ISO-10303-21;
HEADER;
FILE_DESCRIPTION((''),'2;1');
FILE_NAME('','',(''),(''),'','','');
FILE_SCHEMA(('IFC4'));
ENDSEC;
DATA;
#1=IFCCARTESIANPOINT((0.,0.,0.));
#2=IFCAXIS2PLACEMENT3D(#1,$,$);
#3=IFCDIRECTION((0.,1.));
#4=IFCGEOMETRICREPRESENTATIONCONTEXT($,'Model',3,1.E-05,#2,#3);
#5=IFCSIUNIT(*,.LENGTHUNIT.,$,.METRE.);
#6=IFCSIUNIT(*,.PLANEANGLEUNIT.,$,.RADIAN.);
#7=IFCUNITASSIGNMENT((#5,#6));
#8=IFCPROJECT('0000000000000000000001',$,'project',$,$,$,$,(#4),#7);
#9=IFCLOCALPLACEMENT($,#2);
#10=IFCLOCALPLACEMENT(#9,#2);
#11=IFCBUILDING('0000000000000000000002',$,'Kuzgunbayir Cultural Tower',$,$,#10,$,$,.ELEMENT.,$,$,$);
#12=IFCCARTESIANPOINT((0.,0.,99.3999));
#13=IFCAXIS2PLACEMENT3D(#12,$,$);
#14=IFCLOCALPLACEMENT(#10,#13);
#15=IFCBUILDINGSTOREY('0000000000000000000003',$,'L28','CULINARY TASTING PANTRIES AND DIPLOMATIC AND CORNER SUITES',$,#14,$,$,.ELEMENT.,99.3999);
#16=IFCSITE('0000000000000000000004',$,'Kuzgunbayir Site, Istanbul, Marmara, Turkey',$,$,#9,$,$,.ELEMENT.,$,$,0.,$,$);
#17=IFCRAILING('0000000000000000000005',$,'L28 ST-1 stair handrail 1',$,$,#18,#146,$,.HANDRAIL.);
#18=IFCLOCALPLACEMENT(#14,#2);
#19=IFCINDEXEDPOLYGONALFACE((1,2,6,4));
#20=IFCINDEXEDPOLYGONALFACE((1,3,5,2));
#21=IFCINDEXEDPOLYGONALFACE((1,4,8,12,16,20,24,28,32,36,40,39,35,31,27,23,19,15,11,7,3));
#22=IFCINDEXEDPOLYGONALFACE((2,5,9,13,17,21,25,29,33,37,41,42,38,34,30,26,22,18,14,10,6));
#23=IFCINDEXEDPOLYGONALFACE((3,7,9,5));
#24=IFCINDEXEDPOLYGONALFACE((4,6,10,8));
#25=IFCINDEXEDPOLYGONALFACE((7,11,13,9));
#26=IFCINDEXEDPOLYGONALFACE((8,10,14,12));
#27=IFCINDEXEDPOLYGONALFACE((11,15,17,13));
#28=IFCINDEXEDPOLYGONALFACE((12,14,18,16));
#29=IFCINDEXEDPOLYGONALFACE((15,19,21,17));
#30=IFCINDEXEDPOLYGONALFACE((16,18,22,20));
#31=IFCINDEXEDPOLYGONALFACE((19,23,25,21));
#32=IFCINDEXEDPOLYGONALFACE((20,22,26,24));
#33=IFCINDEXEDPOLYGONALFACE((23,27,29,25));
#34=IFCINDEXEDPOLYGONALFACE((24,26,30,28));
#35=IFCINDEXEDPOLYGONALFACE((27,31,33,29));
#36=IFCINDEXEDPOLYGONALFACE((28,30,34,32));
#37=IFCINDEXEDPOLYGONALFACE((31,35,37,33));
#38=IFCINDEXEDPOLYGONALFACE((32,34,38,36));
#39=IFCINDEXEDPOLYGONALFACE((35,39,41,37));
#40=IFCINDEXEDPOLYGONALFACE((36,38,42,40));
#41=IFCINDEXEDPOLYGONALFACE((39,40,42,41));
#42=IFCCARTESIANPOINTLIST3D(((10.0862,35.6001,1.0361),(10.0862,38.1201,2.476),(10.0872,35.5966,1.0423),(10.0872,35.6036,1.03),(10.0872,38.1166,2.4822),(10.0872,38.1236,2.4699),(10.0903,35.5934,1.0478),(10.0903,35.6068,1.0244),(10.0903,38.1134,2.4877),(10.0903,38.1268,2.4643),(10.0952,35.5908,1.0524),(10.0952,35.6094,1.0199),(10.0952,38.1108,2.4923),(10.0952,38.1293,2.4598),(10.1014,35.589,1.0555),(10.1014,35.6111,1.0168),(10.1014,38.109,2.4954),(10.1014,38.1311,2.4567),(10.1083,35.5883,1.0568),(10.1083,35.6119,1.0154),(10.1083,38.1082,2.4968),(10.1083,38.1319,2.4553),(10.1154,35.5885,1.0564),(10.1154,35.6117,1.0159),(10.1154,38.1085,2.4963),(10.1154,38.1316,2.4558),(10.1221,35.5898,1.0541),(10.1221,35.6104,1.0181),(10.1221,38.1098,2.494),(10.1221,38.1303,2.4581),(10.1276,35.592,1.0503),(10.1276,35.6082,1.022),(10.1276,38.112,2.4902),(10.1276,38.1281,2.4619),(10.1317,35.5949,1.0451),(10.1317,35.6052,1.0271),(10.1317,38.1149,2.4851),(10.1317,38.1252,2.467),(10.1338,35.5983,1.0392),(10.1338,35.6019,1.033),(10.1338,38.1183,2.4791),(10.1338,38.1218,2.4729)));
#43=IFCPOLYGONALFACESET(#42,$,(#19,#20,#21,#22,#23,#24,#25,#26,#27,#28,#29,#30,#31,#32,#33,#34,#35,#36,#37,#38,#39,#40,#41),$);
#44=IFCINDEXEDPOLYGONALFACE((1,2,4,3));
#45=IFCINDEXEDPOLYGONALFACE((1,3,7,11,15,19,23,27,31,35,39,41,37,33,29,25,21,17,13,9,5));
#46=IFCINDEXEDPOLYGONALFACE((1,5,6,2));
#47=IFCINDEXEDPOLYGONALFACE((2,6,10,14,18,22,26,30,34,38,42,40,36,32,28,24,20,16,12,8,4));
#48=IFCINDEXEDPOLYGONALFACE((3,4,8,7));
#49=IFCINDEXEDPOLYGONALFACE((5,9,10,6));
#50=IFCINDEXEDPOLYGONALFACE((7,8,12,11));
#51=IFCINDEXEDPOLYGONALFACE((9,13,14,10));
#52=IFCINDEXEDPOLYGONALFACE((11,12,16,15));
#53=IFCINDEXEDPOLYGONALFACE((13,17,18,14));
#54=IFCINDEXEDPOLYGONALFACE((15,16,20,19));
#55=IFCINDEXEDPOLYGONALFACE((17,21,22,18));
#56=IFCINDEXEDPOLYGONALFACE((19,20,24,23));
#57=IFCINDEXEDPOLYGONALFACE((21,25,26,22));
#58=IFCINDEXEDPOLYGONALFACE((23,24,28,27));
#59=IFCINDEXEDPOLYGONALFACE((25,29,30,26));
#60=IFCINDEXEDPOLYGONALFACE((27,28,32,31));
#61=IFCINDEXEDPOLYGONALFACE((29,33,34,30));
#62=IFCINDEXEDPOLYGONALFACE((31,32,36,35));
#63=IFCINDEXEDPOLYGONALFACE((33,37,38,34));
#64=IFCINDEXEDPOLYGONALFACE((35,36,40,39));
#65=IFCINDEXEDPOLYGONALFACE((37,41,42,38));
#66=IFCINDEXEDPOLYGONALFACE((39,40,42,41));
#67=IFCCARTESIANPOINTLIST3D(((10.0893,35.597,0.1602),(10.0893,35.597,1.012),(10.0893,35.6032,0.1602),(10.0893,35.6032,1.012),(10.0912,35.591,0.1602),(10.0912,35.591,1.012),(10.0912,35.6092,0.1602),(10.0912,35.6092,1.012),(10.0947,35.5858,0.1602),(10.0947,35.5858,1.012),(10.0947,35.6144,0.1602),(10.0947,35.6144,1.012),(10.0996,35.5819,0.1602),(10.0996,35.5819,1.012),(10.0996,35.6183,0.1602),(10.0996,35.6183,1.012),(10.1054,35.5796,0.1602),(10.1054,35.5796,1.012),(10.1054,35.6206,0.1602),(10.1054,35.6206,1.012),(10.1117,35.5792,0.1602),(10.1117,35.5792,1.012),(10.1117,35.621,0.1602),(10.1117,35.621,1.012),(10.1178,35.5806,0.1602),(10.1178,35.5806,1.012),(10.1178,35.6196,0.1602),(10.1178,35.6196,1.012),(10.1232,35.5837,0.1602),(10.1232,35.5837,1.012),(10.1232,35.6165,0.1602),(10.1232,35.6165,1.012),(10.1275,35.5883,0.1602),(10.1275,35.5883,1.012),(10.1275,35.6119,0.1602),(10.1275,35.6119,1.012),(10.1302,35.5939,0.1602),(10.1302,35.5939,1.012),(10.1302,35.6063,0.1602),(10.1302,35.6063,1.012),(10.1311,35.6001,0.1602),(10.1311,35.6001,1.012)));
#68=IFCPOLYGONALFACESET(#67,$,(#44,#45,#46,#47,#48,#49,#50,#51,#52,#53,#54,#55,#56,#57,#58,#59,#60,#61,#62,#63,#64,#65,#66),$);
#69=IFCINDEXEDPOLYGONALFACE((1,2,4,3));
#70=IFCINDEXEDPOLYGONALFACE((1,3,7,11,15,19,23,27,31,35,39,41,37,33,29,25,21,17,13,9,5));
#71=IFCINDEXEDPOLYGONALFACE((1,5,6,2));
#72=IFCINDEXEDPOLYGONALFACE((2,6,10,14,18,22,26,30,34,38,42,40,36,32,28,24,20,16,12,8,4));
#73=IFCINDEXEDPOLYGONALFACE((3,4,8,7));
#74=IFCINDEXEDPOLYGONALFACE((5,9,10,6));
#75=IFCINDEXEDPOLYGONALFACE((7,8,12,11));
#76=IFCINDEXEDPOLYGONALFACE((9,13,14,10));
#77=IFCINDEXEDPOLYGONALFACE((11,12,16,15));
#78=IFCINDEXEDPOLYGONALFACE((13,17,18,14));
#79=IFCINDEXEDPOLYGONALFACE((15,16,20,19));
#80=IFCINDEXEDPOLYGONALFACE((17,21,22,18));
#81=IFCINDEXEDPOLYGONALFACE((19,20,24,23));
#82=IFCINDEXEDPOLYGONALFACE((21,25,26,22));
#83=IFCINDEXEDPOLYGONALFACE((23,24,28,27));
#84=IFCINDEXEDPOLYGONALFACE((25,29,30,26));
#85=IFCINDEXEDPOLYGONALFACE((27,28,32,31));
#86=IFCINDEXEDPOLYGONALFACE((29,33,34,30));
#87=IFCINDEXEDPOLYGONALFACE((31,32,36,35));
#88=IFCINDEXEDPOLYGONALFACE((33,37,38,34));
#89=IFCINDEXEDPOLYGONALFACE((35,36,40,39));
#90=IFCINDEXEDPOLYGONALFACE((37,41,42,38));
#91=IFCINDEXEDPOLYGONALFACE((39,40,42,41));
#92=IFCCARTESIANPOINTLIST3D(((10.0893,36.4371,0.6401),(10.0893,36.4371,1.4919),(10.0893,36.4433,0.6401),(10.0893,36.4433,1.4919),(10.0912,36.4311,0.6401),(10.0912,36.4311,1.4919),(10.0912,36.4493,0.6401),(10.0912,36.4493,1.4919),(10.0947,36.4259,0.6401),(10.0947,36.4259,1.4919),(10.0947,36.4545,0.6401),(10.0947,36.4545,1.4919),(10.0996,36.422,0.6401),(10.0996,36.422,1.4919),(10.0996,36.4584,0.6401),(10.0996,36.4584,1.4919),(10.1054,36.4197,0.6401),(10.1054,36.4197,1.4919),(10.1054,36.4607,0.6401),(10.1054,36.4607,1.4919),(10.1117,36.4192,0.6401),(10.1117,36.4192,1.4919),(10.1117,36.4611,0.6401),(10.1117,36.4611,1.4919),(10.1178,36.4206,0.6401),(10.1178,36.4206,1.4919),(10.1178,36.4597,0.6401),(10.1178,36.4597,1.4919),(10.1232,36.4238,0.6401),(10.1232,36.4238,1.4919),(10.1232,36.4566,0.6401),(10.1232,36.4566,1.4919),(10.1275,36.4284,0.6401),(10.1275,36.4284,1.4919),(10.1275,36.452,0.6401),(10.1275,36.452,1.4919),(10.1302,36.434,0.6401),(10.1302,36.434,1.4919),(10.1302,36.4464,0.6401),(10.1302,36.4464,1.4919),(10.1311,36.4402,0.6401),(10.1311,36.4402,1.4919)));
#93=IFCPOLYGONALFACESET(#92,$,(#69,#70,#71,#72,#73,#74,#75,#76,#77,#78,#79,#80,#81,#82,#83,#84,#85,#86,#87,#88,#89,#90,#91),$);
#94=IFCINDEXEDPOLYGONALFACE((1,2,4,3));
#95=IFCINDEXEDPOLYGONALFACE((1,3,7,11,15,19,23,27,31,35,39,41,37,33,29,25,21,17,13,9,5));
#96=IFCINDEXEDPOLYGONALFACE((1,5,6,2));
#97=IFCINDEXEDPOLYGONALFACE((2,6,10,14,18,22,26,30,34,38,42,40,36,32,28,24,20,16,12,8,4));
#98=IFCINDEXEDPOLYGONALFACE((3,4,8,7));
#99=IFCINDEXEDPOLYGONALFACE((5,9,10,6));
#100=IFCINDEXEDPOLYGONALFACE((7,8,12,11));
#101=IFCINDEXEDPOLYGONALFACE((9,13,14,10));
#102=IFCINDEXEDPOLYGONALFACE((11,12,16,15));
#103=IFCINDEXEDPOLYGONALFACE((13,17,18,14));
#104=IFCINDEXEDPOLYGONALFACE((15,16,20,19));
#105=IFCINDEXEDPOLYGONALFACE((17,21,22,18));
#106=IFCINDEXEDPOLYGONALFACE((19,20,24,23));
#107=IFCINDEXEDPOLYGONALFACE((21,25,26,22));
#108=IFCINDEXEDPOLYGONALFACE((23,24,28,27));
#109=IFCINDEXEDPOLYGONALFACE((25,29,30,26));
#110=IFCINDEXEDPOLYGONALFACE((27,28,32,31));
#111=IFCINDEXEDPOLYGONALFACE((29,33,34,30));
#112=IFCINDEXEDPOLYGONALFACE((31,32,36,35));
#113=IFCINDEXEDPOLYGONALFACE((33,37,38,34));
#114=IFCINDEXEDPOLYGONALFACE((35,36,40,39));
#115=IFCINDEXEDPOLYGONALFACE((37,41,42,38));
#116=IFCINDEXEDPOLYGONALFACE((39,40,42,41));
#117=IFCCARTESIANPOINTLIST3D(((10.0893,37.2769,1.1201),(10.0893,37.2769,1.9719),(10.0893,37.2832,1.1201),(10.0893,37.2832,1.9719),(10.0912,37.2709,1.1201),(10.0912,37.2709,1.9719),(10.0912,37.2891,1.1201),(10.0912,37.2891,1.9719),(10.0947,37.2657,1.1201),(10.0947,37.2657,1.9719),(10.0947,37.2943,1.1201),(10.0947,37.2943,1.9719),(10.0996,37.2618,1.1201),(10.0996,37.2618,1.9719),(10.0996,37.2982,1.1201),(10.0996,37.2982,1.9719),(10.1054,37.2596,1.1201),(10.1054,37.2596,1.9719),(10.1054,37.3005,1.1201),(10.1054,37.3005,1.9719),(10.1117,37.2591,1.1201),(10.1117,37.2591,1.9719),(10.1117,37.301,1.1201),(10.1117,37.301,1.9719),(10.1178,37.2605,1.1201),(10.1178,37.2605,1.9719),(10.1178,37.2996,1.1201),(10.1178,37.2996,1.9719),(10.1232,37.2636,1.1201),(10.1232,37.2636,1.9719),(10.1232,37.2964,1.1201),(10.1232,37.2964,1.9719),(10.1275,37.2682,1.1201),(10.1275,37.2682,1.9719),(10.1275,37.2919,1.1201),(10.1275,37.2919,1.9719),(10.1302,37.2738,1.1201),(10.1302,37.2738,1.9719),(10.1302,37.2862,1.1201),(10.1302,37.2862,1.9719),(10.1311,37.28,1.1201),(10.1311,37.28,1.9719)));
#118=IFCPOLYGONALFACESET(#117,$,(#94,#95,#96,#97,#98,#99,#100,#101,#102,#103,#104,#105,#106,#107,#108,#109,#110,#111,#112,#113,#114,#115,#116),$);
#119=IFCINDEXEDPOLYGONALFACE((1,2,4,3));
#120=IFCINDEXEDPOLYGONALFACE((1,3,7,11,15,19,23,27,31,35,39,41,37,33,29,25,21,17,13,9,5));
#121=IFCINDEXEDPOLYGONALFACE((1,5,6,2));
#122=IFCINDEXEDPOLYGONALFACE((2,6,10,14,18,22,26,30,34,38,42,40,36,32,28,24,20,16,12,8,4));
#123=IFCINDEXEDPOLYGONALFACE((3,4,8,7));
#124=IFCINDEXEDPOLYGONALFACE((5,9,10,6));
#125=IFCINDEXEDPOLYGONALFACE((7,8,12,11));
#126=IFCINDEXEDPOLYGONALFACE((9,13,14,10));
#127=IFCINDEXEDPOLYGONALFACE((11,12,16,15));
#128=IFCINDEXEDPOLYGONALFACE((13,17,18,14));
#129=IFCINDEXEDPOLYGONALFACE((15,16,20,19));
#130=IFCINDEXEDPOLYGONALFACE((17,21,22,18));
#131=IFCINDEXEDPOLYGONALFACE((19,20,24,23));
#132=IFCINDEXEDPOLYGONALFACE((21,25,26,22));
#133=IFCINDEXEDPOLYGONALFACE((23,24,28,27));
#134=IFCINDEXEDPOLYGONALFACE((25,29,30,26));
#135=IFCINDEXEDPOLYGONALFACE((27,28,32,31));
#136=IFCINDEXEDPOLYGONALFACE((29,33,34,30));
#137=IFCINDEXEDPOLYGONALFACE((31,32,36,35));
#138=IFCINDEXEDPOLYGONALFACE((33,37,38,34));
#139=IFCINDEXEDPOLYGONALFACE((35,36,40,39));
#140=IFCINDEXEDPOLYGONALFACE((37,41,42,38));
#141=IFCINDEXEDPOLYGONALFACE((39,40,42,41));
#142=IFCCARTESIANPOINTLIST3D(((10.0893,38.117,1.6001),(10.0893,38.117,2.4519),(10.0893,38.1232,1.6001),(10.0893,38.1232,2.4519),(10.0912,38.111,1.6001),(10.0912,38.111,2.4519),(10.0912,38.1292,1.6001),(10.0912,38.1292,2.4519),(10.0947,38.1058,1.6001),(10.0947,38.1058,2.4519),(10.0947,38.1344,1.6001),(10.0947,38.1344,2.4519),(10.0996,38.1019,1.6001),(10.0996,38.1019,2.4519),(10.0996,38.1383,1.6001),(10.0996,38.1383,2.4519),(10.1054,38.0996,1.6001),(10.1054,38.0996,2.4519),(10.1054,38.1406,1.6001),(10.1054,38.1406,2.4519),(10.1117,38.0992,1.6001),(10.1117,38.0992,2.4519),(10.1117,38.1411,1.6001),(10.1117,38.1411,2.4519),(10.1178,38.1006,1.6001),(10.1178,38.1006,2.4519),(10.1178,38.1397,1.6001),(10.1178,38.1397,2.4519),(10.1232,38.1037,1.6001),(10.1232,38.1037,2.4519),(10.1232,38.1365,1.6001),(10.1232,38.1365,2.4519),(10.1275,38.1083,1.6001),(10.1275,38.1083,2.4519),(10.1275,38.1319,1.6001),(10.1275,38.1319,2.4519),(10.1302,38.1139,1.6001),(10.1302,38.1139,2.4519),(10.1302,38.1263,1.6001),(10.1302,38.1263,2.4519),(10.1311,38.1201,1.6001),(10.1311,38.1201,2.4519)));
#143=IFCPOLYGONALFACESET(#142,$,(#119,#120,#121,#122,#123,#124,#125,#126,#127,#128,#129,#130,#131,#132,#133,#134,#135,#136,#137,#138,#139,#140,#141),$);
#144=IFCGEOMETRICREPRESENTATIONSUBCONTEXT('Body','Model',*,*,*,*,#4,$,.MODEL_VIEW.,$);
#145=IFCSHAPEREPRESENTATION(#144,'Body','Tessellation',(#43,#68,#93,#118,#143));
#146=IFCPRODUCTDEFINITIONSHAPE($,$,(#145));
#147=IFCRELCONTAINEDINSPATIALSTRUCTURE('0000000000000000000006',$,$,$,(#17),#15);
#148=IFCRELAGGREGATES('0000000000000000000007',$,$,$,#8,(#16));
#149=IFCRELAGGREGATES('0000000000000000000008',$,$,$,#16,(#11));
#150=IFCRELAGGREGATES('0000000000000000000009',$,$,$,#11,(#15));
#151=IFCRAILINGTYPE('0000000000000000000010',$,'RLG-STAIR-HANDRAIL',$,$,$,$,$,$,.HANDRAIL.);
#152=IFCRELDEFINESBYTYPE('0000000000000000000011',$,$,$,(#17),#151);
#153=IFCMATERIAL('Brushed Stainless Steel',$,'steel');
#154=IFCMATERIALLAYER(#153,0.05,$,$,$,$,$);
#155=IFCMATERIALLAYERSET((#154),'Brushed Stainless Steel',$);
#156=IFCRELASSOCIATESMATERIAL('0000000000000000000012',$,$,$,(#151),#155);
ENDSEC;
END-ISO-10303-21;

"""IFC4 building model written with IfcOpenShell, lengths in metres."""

from ifc_helpers import new_model, si_unit, direction, frame, origin, origin_2d, place, context, subcontext, project, spatial, circle, extrude, material, layer, layer_set, type_object, element, save


model = new_model("IFC4")

# Units and contexts
model_context = context("Model", 3, precision=1e-05, world=origin(), true_north=direction((0.0, 1.0)))
body_context = subcontext(model_context, "Body", "Model", "MODEL_VIEW")
ifc_project = project(units=[si_unit("LENGTHUNIT", "METRE"), si_unit("PLANEANGLEUNIT", "RADIAN")], contexts=[model_context])

# Site, building, storey
site_placement = place(None, origin())
site = spatial("IfcSite", under=ifc_project, at=site_placement, Name="Kuzgunbayir Site, Istanbul, Marmara, Turkey", CompositionType="ELEMENT", RefElevation=0.0)
building_placement = place(site_placement, origin())
building = spatial("IfcBuilding", under=site, at=building_placement, Name="Kuzgunbayir Cultural Tower", CompositionType="ELEMENT")
storey_placement = place(building_placement, frame((0.0, 0.0, 99.3999)))
storey = spatial("IfcBuildingStorey", under=building, at=storey_placement, Name="L28", Description="CULINARY TASTING PANTRIES AND DIPLOMATIC AND CORNER SUITES", CompositionType="ELEMENT", Elevation=99.3999)

# Shared definitions
ifc_material_1 = material(Name="Brushed Stainless Steel", Category="steel")

# Railing
ifc_layer_1 = layer(ifc_material_1, 0.05)
ifc_layer_set_1 = layer_set([ifc_layer_1], Name="Brushed Stainless Steel")
railing_type_1 = type_object("IfcRailingType", Name="RLG-STAIR-HANDRAIL", PredefinedType="HANDRAIL", material=ifc_layer_set_1)
railing_1_placement = place(storey_placement, frame((10.1101, 35.6001, 0.1602)))
element("IfcRailing", 1, at=railing_1_placement, inside=storey, type_object=railing_type_1, Name="L28 ST-1 stair handrail 1", PredefinedType="HANDRAIL", context=body_context, shape_type="SweptSolid", body=[
    extrude(circle(Radius=0.0239, at=origin_2d()), frame((0.0, 0.0, 0.876), z_axis=(0.0, 0.868253, 0.496121), x_axis=(-1.0, 0.0, 0.0)), (0.0, 0.0, 1.0), 2.9023),
    extrude(circle(Radius=0.021, at=origin_2d()), origin(), (0.0, 0.0, 1.0), 0.8518),
    extrude(circle(Radius=0.021, at=origin_2d()), frame((0.0, 0.8401, 0.48)), (0.0, 0.0, 1.0), 0.8518),
    extrude(circle(Radius=0.021, at=origin_2d()), frame((0.0, 1.6799, 0.96)), (0.0, 0.0, 1.0), 0.8518),
    extrude(circle(Radius=0.021, at=origin_2d()), frame((0.0, 2.52, 1.4399)), (0.0, 0.0, 1.0), 0.8518),
])

save(model, "model.ifc")
